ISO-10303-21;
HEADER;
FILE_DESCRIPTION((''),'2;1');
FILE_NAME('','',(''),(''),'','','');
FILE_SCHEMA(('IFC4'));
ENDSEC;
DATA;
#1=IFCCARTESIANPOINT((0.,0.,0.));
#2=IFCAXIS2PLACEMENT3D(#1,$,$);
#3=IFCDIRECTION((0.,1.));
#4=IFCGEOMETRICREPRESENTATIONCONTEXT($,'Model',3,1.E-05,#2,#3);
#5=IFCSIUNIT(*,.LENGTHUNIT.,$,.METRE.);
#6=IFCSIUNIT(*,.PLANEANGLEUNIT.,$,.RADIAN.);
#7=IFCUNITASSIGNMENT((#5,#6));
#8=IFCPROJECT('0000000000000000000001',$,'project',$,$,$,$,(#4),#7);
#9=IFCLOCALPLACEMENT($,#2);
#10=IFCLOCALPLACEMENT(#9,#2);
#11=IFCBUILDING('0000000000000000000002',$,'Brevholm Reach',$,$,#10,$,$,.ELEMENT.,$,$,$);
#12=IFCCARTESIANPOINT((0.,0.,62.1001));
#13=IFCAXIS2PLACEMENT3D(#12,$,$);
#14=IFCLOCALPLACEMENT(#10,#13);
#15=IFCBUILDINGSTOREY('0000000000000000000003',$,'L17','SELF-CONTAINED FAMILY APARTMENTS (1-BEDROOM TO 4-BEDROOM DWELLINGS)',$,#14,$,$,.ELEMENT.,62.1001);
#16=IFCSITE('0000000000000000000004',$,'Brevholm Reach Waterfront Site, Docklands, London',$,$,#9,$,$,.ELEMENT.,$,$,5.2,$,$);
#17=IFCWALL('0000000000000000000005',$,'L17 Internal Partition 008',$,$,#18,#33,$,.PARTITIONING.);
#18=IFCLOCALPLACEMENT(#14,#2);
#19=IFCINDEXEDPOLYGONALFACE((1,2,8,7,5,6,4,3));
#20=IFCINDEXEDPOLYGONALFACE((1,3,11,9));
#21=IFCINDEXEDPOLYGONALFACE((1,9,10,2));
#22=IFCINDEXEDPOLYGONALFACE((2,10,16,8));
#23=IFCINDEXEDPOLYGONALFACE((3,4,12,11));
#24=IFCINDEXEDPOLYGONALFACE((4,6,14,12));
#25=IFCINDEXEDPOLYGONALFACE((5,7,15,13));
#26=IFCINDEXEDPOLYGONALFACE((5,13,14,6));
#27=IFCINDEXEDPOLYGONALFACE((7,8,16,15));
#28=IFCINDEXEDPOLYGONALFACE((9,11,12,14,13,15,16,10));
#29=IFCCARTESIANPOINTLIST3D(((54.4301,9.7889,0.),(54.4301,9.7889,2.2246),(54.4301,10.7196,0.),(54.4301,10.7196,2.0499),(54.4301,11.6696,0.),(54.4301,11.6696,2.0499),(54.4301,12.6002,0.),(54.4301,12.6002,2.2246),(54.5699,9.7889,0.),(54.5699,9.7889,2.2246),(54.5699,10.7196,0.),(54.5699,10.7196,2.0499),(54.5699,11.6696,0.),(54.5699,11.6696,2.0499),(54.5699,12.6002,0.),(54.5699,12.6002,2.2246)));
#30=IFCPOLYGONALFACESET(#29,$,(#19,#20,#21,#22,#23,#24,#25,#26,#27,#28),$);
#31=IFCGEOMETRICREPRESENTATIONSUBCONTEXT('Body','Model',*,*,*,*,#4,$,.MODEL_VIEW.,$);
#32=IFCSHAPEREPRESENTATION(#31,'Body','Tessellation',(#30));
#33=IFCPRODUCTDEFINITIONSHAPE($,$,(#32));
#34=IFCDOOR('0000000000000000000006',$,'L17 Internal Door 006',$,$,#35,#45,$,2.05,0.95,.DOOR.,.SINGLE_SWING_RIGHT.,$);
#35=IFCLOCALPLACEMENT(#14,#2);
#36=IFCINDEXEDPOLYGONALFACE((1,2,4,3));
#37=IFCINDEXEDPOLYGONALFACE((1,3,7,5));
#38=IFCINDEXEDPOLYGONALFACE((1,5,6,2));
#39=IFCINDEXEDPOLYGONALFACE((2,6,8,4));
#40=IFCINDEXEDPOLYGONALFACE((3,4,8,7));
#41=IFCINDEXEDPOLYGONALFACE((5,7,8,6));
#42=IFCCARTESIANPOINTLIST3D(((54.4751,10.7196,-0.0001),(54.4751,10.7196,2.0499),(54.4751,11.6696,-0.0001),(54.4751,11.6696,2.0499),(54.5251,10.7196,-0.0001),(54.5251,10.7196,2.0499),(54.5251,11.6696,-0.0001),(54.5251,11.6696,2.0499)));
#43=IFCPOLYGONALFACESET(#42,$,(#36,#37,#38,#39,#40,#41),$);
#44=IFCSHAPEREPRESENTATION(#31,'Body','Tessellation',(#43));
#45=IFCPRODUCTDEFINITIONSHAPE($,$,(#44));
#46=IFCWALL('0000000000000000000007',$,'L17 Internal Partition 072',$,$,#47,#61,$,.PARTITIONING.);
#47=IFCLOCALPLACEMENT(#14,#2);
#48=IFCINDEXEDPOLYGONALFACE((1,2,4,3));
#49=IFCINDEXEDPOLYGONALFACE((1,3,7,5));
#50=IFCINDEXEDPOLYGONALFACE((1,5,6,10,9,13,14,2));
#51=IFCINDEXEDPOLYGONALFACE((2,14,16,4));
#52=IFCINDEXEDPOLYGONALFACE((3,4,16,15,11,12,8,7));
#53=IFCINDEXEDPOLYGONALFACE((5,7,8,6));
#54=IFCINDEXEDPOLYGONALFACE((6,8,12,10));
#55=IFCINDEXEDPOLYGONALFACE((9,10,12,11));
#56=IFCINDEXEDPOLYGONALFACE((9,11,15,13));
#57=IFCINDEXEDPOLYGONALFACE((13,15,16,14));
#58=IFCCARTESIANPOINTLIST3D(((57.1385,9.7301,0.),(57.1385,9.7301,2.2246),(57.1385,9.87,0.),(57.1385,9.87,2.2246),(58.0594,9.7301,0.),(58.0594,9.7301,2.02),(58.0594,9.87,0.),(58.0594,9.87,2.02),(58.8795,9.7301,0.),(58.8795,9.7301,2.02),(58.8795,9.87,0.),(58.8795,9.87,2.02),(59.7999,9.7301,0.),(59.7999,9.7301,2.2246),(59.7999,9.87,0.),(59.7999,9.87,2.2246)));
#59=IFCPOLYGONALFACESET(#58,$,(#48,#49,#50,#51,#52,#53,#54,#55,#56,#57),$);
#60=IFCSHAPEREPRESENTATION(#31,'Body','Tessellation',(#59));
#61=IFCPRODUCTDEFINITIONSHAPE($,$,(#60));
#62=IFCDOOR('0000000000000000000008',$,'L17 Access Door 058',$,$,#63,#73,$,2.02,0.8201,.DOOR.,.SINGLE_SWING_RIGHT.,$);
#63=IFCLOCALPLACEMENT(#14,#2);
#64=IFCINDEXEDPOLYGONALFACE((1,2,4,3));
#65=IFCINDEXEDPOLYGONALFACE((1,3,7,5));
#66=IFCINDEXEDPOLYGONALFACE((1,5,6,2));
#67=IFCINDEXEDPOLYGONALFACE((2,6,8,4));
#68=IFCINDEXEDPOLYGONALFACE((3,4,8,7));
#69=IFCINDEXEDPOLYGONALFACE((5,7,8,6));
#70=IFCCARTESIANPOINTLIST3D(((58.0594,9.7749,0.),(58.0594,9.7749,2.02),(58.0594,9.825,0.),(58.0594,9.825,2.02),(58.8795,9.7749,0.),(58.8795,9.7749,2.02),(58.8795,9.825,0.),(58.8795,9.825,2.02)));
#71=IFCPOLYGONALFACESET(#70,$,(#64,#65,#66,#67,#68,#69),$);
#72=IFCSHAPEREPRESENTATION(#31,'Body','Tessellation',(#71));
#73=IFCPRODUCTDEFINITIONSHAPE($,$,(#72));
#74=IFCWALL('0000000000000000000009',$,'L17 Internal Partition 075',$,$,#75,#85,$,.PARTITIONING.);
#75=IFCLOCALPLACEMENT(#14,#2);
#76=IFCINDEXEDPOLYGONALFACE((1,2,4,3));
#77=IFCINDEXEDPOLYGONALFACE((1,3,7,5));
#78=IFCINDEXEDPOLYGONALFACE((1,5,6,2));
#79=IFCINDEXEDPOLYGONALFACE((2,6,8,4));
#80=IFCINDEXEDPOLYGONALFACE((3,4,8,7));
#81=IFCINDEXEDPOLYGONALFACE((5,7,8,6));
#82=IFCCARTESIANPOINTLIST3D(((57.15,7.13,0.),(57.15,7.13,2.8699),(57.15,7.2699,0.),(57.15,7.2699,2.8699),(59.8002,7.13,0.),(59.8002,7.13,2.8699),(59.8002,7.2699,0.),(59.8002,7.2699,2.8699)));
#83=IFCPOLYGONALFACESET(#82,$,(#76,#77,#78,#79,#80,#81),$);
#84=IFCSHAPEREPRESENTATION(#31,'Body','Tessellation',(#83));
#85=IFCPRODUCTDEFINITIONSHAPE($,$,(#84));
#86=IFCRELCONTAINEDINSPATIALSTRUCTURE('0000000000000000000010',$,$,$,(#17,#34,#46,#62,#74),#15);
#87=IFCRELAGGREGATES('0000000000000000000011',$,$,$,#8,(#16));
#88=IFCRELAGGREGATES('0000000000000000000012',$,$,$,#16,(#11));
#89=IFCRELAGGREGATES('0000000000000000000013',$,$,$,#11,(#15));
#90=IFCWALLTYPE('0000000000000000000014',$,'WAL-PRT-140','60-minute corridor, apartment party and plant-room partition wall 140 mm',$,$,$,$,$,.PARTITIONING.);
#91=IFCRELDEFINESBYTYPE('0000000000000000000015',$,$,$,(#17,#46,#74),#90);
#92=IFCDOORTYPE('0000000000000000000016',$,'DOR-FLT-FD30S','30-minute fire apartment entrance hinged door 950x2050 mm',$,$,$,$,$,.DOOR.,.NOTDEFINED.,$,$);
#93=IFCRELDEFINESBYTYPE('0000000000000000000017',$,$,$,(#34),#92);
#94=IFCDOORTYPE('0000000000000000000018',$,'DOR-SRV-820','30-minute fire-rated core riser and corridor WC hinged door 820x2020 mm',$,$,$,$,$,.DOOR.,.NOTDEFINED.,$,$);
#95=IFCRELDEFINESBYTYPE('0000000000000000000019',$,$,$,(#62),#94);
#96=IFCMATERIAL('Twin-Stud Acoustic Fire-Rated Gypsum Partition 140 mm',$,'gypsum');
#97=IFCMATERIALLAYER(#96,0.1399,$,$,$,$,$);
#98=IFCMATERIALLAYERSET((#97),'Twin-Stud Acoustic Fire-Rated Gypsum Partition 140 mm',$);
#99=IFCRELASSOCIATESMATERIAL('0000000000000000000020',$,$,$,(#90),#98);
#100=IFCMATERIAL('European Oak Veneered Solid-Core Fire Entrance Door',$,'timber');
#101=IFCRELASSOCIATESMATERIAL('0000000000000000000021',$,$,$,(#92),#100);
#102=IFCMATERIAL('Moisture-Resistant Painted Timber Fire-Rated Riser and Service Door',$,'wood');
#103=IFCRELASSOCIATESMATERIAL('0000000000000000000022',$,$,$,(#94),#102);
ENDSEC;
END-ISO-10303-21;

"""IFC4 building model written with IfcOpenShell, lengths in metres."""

from ifc_helpers import new_model, si_unit, direction, frame, frame_2d, origin, place, context, subcontext, project, spatial, rectangle, extrude, material, layer, layer_set, type_object, element, fill, save


model = new_model("IFC4")

# Units and contexts
model_context = context("Model", 3, precision=1e-05, world=origin(), true_north=direction((0.0, 1.0)))
body_context = subcontext(model_context, "Body", "Model", "MODEL_VIEW")
ifc_project = project(units=[si_unit("LENGTHUNIT", "METRE"), si_unit("PLANEANGLEUNIT", "RADIAN")], contexts=[model_context])

# Site, building, storey
site_placement = place(None, origin())
site = spatial("IfcSite", under=ifc_project, at=site_placement, Name="Brevholm Reach Waterfront Site, Docklands, London", CompositionType="ELEMENT", RefElevation=5.2)
building_placement = place(site_placement, origin())
building = spatial("IfcBuilding", under=site, at=building_placement, Name="Brevholm Reach", CompositionType="ELEMENT")
storey_placement = place(building_placement, frame((0.0, 0.0, 62.1001)))
storey = spatial("IfcBuildingStorey", under=building, at=storey_placement, Name="L17", Description="SELF-CONTAINED FAMILY APARTMENTS (1-BEDROOM TO 4-BEDROOM DWELLINGS)", CompositionType="ELEMENT", Elevation=62.1001)

# Walls, openings, doors
ifc_material_1 = material(Name="Twin-Stud Acoustic Fire-Rated Gypsum Partition 140 mm", Category="gypsum")
ifc_layer_1 = layer(ifc_material_1, 0.1399)
ifc_layer_set_1 = layer_set([ifc_layer_1], Name="Twin-Stud Acoustic Fire-Rated Gypsum Partition 140 mm")
wall_type_1 = type_object("IfcWallType", Name="WAL-PRT-140", Description="60-minute corridor, apartment party and plant-room partition wall 140 mm", PredefinedType="PARTITIONING", material=ifc_layer_set_1)
wall_1_placement = place(storey_placement, frame((54.5, 9.7888, 0.0), z_axis=(0.0, 0.0, 1.0), x_axis=(0.0, 1.0, 0.0)))
wall_1 = element("IfcWall", 1, at=wall_1_placement, inside=storey, type_object=wall_type_1, Name="L17 Internal Partition 008", PredefinedType="PARTITIONING", context=body_context, shape_type="SweptSolid", body=[
    extrude(rectangle(XDim=2.8113, YDim=0.1399, at=frame_2d((1.4058, 0.0))), origin(), (0.0, 0.0, 1.0), 2.2246),
])
opening_1_placement = place(wall_1_placement, frame((0.9307, 0.0, 0.0)))
opening_1 = element("IfcOpeningElement", 2, at=opening_1_placement, cuts=wall_1, PredefinedType="OPENING", context=body_context, shape_type="SweptSolid", body=[
    extrude(rectangle(XDim=0.95, YDim=2.05, at=frame_2d((0.4751, 1.0249))), frame((0.0, 0.0798, 0.0), z_axis=(0.0, -1.0, 0.0), x_axis=(1.0, 0.0, 0.0)), (0.0, 0.0, 1.0), 0.1599),
])
ifc_material_2 = material(Name="European Oak Veneered Solid-Core Fire Entrance Door", Category="timber")
door_type_1 = type_object("IfcDoorType", Name="DOR-FLT-FD30S", Description="30-minute fire apartment entrance hinged door 950x2050 mm", OperationType="NOTDEFINED", PredefinedType="DOOR", material=ifc_material_2)
door_1_placement = place(opening_1_placement, origin())
door_1 = element("IfcDoor", 3, at=door_1_placement, inside=storey, type_object=door_type_1, Name="L17 Internal Door 006", OperationType="SINGLE_SWING_RIGHT", OverallHeight=2.05, OverallWidth=0.95, PredefinedType="DOOR", context=body_context, shape_type="SweptSolid", body=[
    extrude(rectangle(XDim=0.95, YDim=2.05, at=frame_2d((0.4751, 1.0249))), frame((0.0, 0.0249, 0.0), z_axis=(0.0, -1.0, 0.0), x_axis=(1.0, 0.0, 0.0)), (0.0, 0.0, 1.0), 0.05),
])
fill(opening_1, door_1)
wall_2_placement = place(storey_placement, frame((57.1387, 9.8, 0.0), z_axis=(0.0, 0.0, 1.0), x_axis=(1.0, 0.0, 0.0)))
wall_2 = element("IfcWall", 4, at=wall_2_placement, inside=storey, type_object=wall_type_1, Name="L17 Internal Partition 072", PredefinedType="PARTITIONING", context=body_context, shape_type="SweptSolid", body=[
    extrude(rectangle(XDim=2.6614, YDim=0.1399, at=frame_2d((1.3306, 0.0))), origin(), (0.0, 0.0, 1.0), 2.2246),
])
opening_2_placement = place(wall_2_placement, frame((0.9207, 0.0, 0.0)))
opening_2 = element("IfcOpeningElement", 5, at=opening_2_placement, cuts=wall_2, PredefinedType="OPENING", context=body_context, shape_type="SweptSolid", body=[
    extrude(rectangle(XDim=0.8201, YDim=2.02, at=frame_2d((0.4102, 1.01))), frame((0.0, 0.0798, 0.0), z_axis=(0.0, -1.0, 0.0), x_axis=(1.0, 0.0, 0.0)), (0.0, 0.0, 1.0), 0.1599),
])
ifc_material_3 = material(Name="Moisture-Resistant Painted Timber Fire-Rated Riser and Service Door", Category="wood")
door_type_2 = type_object("IfcDoorType", Name="DOR-SRV-820", Description="30-minute fire-rated core riser and corridor WC hinged door 820x2020 mm", OperationType="NOTDEFINED", PredefinedType="DOOR", material=ifc_material_3)
door_2_placement = place(opening_2_placement, origin())
door_2 = element("IfcDoor", 6, at=door_2_placement, inside=storey, type_object=door_type_2, Name="L17 Access Door 058", OperationType="SINGLE_SWING_RIGHT", OverallHeight=2.02, OverallWidth=0.8201, PredefinedType="DOOR", context=body_context, shape_type="SweptSolid", body=[
    extrude(rectangle(XDim=0.8201, YDim=2.02, at=frame_2d((0.4102, 1.01))), frame((0.0, 0.0249, 0.0), z_axis=(0.0, -1.0, 0.0), x_axis=(1.0, 0.0, 0.0)), (0.0, 0.0, 1.0), 0.05),
])
fill(opening_2, door_2)

# Wall
wall_3_placement = place(storey_placement, frame((57.1499, 7.2, 0.0), z_axis=(0.0, 0.0, 1.0), x_axis=(1.0, 0.0, 0.0)))
element("IfcWall", 7, at=wall_3_placement, inside=storey, type_object=wall_type_1, Name="L17 Internal Partition 075", PredefinedType="PARTITIONING", context=body_context, shape_type="SweptSolid", body=[
    extrude(rectangle(XDim=2.6501, YDim=0.1399, at=frame_2d((1.3252, 0.0))), origin(), (0.0, 0.0, 1.0), 2.8699),
])

save(model, "model.ifc")
